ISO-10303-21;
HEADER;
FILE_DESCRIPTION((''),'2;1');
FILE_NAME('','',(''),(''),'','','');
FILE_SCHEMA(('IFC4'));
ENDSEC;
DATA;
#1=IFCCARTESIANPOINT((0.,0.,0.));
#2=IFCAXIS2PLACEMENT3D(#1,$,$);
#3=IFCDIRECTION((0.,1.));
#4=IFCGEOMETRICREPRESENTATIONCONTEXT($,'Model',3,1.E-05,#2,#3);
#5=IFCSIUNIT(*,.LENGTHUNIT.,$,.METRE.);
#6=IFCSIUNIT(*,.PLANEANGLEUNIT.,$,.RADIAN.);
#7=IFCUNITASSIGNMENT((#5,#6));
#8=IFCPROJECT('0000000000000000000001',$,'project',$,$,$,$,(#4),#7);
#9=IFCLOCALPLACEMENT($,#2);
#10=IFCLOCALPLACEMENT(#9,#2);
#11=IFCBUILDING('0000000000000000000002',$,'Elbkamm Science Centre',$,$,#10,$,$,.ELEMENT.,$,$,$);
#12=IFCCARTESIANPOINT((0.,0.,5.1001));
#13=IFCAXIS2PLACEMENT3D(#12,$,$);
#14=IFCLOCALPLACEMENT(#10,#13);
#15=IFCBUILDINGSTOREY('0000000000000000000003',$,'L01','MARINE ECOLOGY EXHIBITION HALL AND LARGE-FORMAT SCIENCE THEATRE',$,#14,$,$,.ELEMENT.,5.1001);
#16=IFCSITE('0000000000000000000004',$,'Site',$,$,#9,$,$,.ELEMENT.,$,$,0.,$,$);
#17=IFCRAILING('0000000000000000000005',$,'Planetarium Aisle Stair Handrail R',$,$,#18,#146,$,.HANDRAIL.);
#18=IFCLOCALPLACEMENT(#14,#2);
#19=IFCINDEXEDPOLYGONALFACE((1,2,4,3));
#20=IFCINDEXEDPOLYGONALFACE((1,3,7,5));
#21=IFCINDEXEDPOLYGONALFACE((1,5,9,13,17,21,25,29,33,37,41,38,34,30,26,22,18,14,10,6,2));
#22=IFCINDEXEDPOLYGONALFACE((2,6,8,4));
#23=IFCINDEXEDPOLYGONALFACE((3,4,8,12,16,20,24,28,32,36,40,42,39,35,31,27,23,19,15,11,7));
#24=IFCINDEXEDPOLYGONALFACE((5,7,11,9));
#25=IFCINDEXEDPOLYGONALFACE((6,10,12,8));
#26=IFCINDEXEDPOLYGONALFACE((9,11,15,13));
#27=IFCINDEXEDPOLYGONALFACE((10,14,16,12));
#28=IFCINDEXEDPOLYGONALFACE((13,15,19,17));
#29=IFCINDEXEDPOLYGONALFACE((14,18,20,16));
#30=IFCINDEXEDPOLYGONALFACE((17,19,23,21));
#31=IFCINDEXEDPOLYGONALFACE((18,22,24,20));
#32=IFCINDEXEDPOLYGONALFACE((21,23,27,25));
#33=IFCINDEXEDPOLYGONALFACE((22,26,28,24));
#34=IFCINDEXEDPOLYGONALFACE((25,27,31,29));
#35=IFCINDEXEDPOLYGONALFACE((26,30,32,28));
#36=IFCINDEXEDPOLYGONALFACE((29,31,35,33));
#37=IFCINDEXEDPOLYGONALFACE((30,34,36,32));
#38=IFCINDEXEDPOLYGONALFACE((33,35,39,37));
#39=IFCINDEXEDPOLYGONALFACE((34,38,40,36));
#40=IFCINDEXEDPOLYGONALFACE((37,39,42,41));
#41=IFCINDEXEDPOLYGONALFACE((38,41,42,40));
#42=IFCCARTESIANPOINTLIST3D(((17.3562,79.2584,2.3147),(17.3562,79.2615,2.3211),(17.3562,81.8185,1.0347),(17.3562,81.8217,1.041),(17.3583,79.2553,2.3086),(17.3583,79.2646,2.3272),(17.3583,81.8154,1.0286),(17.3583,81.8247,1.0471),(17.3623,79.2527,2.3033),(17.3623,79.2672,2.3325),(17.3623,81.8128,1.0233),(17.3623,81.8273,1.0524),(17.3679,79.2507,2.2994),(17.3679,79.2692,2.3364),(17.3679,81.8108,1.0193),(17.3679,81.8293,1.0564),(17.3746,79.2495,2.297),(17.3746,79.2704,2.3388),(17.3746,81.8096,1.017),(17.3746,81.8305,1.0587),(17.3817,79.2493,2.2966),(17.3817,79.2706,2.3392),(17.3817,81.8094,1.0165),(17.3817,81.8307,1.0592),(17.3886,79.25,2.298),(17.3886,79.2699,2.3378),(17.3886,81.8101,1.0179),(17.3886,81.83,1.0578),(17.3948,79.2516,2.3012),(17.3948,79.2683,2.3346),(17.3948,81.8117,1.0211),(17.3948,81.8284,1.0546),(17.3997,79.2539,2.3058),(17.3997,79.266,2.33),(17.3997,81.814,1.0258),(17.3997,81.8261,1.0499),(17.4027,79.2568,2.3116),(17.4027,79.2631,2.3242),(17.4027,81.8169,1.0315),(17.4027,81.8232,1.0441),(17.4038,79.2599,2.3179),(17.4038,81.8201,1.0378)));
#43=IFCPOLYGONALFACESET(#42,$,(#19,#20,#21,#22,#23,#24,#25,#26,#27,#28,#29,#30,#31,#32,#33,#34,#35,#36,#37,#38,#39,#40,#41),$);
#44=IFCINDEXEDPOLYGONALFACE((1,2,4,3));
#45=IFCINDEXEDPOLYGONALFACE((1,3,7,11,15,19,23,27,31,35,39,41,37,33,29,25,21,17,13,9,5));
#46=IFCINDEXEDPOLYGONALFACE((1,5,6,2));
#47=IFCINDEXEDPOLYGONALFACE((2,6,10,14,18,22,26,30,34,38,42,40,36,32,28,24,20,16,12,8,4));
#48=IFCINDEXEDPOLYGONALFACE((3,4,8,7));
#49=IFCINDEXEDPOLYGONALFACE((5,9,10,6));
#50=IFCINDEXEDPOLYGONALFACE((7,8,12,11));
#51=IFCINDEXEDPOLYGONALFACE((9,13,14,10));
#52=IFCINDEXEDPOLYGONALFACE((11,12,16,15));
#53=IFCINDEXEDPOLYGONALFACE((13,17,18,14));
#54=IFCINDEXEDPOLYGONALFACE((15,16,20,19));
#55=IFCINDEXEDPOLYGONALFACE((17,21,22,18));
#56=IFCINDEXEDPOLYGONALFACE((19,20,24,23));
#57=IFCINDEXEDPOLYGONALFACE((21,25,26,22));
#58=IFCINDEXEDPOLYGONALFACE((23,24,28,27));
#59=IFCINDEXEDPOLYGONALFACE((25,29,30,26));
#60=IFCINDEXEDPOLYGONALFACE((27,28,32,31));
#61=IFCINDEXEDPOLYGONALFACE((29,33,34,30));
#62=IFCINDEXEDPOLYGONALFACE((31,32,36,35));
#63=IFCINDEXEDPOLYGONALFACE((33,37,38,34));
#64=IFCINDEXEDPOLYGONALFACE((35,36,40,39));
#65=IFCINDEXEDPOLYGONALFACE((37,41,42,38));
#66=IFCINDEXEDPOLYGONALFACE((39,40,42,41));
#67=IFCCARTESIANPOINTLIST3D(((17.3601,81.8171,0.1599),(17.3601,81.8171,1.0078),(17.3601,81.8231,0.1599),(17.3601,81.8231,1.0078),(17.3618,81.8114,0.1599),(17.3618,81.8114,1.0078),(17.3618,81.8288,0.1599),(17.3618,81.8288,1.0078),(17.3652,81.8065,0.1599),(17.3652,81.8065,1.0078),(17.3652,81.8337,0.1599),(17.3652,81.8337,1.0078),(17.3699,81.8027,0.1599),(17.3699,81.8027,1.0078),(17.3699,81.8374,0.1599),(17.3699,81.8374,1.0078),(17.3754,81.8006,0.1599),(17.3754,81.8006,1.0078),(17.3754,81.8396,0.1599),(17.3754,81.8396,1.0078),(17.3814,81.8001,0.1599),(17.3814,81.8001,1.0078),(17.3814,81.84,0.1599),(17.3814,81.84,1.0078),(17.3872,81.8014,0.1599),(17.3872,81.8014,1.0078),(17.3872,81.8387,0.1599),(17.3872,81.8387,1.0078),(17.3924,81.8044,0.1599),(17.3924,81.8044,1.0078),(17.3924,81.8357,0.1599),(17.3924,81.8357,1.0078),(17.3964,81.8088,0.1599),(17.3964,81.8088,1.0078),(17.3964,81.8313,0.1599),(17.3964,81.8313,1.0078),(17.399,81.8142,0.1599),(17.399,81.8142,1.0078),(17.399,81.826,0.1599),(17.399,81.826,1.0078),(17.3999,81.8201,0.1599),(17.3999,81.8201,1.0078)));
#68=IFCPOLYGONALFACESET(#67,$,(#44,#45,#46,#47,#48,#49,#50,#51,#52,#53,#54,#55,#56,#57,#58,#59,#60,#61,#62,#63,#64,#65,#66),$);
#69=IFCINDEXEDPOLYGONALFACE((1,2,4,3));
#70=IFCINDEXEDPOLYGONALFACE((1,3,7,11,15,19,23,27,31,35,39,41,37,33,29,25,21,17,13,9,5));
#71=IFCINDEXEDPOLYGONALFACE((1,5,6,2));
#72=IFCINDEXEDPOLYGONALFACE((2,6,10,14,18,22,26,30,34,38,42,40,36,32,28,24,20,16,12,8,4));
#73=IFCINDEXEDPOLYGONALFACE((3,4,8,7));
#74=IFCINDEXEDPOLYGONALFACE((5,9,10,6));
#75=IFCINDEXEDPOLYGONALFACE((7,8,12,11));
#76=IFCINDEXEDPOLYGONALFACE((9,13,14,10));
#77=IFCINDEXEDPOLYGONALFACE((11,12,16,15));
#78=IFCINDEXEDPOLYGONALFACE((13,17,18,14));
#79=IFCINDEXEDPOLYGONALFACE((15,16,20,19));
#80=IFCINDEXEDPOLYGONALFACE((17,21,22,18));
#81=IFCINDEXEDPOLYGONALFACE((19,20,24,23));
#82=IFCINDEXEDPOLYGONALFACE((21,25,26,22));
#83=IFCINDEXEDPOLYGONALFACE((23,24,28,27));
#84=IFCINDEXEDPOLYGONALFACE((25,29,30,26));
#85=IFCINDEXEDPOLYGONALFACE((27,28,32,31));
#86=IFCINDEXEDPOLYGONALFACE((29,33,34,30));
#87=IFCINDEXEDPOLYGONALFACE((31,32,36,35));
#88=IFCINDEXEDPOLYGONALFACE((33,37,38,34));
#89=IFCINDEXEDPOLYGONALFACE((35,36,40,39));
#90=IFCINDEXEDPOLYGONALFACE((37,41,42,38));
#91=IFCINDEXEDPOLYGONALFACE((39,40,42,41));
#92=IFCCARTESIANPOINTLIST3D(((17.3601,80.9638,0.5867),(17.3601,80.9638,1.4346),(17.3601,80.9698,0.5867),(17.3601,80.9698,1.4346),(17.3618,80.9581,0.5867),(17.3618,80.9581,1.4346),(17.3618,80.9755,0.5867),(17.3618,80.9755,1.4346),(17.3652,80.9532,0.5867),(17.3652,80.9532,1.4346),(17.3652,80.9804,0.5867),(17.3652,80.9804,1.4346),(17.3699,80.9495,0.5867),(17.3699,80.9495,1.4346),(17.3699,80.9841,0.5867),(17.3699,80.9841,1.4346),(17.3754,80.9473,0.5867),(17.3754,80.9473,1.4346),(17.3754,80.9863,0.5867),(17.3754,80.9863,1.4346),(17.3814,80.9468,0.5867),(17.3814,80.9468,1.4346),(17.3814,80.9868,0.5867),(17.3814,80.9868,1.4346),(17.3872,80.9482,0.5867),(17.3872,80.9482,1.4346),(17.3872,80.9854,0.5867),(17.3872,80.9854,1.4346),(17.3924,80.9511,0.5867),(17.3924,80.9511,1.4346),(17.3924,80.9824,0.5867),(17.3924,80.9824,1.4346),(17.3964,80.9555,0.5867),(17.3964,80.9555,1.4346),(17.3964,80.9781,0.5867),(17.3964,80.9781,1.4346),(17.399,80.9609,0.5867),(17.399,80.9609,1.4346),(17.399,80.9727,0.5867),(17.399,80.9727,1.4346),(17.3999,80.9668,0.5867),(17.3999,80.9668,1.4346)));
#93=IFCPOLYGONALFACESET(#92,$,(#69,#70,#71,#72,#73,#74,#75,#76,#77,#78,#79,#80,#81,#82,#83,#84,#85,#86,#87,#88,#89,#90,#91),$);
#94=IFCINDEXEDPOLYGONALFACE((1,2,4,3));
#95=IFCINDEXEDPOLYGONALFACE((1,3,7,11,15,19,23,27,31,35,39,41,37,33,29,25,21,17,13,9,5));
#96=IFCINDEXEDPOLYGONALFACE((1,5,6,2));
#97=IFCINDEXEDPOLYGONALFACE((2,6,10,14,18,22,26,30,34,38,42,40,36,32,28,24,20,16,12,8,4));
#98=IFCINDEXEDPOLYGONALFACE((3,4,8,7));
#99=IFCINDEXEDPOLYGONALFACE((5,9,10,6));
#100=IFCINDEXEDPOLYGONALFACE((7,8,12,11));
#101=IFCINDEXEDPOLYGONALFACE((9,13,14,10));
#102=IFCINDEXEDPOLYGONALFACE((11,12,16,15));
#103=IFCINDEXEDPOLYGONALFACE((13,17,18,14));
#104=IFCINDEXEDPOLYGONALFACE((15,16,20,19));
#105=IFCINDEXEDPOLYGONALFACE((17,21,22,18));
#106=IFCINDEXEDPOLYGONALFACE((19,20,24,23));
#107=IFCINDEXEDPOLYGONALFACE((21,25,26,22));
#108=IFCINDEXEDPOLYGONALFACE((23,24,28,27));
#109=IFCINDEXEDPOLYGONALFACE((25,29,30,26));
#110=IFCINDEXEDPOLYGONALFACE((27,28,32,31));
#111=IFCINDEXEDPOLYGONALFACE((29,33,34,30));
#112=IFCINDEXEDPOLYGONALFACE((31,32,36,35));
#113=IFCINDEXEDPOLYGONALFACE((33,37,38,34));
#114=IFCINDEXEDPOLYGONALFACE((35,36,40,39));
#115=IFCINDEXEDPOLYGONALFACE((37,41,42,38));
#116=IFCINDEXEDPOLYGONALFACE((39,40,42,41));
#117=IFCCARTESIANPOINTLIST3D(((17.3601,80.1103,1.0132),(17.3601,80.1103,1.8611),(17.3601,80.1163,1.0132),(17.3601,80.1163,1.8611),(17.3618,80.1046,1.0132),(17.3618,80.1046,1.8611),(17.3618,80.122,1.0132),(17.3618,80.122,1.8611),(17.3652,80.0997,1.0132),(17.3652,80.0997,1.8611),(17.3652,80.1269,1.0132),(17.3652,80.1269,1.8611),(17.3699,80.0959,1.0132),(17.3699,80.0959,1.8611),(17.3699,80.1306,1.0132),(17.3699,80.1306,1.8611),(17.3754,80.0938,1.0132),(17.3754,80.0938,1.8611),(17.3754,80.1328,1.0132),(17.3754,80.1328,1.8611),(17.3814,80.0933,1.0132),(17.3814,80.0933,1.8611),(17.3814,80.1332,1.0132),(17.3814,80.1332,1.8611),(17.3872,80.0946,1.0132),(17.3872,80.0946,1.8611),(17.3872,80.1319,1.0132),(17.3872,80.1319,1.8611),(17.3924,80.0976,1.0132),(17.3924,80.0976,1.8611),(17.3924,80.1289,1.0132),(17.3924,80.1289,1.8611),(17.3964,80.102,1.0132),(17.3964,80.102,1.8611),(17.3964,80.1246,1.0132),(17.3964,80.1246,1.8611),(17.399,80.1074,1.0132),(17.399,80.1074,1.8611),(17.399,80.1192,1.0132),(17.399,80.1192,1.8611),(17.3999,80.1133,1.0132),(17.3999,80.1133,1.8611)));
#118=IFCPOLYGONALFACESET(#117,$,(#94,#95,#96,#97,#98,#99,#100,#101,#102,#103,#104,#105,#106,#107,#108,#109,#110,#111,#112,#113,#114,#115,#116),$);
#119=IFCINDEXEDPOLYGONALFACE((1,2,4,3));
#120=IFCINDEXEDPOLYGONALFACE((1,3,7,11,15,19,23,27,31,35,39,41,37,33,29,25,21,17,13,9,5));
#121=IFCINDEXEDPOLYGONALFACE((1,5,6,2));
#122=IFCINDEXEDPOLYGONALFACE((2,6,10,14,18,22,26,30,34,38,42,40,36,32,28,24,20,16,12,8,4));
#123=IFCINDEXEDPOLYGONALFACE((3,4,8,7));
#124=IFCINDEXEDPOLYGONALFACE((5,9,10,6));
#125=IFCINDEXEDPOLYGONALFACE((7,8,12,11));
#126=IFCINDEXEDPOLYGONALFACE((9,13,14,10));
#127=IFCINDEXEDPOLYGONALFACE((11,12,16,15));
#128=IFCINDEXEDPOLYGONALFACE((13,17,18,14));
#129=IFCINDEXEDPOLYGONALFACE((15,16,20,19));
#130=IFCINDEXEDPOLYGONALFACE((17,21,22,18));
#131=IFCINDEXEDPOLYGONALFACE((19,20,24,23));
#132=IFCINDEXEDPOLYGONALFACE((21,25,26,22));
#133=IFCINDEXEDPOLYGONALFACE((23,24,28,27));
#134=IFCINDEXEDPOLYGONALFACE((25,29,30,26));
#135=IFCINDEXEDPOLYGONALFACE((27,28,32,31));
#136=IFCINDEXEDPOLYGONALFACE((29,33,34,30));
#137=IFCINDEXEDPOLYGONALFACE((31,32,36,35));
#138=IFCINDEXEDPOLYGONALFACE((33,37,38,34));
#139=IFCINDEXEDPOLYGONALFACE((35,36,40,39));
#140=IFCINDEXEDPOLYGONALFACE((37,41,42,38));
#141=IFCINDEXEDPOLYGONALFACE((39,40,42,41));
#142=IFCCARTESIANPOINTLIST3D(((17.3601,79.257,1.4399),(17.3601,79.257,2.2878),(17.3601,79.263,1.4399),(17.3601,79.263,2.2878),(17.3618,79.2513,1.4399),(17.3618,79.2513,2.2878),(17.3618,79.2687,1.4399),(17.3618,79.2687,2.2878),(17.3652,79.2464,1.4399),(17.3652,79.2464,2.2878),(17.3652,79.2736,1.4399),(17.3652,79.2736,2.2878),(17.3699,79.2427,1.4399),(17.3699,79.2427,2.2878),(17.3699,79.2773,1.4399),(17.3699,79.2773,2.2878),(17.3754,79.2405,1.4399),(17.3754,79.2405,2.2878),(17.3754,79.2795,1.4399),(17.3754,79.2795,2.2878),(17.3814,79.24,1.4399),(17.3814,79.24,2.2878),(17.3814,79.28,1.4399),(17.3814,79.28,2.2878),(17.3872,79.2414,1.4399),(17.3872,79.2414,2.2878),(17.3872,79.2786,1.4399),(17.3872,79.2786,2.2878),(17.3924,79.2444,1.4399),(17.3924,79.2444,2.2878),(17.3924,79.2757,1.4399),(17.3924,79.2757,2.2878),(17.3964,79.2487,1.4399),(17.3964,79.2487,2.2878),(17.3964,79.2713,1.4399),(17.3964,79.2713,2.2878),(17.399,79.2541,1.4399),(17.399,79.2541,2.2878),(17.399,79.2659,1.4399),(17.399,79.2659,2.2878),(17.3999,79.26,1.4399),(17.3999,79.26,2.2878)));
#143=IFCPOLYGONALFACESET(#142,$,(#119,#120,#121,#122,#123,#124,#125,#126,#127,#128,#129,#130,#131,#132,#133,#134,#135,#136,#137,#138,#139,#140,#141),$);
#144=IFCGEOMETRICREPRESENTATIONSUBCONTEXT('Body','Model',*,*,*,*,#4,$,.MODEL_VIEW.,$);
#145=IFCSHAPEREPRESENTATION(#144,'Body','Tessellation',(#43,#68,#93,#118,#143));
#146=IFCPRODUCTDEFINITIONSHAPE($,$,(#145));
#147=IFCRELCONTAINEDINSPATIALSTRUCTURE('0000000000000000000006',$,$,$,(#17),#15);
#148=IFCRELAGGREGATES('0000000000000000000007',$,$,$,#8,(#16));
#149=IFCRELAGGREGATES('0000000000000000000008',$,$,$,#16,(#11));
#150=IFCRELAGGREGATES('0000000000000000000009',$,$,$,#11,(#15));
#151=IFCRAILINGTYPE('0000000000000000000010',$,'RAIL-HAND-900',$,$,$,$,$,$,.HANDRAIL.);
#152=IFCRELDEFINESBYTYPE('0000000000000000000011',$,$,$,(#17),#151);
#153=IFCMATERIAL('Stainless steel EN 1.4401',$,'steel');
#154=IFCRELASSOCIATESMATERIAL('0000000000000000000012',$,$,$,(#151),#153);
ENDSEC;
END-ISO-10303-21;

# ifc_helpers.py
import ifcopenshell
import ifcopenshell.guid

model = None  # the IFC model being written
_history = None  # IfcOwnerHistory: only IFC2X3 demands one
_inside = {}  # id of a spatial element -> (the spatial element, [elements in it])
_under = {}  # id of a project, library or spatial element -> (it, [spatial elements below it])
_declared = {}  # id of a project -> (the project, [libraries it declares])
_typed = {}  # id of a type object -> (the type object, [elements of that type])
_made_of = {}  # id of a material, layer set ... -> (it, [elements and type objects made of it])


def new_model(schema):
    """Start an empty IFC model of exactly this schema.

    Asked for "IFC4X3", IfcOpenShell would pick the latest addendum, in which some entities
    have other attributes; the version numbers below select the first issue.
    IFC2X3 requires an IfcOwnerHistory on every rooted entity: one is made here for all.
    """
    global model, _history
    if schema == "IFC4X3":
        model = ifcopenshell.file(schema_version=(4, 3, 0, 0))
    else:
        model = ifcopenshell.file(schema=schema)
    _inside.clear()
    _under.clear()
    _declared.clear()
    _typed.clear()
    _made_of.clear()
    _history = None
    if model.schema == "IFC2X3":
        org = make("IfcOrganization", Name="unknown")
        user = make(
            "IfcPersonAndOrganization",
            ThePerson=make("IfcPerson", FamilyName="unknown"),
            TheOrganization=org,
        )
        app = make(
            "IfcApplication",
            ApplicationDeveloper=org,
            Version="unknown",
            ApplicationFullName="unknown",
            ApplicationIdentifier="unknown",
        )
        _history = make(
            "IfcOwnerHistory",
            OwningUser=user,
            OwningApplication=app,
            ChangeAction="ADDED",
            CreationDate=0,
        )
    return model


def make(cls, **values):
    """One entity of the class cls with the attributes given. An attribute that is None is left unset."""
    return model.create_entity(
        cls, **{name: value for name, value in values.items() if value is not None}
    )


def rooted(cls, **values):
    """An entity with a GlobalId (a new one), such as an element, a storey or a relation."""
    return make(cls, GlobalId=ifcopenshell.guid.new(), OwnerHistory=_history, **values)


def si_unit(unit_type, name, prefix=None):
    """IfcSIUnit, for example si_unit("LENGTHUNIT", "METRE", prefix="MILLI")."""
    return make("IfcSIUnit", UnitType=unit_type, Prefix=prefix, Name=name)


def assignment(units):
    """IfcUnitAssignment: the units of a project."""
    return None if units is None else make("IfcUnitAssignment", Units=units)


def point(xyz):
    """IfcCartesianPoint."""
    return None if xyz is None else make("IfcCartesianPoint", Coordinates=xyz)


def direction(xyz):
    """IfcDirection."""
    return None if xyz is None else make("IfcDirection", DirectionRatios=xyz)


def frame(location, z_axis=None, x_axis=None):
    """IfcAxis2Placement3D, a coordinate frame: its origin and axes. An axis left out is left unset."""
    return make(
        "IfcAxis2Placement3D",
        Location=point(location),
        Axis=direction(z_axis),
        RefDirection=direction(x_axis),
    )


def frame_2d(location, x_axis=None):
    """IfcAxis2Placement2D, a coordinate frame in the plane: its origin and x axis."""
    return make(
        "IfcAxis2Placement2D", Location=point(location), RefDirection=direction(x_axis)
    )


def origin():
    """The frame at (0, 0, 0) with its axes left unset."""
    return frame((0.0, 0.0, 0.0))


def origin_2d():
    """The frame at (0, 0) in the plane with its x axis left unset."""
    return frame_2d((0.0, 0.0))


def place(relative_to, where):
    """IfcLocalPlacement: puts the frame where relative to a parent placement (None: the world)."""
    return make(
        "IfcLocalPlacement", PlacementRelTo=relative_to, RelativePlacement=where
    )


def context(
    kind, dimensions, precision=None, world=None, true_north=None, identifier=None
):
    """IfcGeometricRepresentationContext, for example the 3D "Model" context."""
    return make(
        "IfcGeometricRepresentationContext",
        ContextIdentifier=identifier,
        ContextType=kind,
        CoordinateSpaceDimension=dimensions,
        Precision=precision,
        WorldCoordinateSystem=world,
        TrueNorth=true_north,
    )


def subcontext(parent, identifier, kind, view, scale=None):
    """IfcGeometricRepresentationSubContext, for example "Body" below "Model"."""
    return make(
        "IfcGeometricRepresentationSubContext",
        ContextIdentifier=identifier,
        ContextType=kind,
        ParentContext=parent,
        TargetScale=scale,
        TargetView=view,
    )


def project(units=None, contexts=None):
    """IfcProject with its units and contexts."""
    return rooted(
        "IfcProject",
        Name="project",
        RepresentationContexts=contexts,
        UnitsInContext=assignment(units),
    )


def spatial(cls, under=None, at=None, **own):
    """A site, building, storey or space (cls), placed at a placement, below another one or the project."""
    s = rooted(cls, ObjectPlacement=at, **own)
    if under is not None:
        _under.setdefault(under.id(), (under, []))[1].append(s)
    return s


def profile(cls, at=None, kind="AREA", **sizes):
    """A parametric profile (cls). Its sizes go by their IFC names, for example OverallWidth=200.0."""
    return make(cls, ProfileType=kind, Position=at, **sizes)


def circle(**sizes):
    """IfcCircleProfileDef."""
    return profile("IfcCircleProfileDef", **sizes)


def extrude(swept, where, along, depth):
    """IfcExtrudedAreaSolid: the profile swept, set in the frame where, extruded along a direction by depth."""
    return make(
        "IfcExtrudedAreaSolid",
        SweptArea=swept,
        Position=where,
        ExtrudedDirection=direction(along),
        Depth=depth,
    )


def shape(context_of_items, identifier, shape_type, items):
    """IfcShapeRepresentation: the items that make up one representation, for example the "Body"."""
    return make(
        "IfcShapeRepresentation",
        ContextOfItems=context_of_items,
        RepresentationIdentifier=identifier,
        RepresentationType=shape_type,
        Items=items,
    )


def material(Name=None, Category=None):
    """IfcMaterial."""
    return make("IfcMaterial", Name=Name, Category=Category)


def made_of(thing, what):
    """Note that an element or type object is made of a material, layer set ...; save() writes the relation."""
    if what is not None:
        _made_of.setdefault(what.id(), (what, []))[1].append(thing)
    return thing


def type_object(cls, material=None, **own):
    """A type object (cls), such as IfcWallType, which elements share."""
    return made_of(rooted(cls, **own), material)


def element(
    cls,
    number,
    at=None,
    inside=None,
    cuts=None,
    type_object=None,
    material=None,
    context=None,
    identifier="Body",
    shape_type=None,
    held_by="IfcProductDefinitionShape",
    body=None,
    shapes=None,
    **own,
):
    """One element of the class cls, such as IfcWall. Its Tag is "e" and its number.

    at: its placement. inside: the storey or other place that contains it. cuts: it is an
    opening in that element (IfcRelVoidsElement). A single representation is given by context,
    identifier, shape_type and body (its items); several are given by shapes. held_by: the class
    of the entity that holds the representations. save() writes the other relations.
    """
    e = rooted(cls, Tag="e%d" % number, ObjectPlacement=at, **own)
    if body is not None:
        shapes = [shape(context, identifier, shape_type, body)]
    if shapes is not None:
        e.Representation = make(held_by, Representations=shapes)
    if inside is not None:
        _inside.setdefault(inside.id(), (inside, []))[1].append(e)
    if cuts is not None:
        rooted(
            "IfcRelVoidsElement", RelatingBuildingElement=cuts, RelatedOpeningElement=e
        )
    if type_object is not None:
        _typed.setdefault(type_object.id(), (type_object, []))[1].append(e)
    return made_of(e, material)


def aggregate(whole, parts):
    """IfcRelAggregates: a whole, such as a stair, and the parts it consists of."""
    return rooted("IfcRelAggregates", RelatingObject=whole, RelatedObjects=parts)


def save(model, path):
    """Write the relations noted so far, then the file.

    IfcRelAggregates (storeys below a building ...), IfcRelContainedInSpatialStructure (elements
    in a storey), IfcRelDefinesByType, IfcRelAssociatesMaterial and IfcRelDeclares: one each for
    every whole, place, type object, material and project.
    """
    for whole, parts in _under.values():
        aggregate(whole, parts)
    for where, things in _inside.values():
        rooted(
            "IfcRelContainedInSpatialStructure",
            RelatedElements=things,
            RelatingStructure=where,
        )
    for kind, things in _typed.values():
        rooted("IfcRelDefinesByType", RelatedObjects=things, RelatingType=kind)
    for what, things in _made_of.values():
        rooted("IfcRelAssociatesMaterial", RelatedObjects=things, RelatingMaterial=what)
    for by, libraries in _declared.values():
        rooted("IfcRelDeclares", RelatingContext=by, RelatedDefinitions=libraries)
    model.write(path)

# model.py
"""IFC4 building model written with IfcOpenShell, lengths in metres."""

from ifc_helpers import new_model, si_unit, direction, frame, origin, origin_2d, place, context, subcontext, project, spatial, circle, extrude, material, type_object, element, save


model = new_model("IFC4")

# Units and contexts
model_context = context("Model", 3, precision=1e-05, world=origin(), true_north=direction((0.0, 1.0)))
body_context = subcontext(model_context, "Body", "Model", "MODEL_VIEW")
ifc_project = project(units=[si_unit("LENGTHUNIT", "METRE"), si_unit("PLANEANGLEUNIT", "RADIAN")], contexts=[model_context])

# Site, building, storey
site_placement = place(None, origin())
site = spatial("IfcSite", under=ifc_project, at=site_placement, Name="Site", CompositionType="ELEMENT", RefElevation=0.0)
building_placement = place(site_placement, origin())
building = spatial("IfcBuilding", under=site, at=building_placement, Name="Elbkamm Science Centre", CompositionType="ELEMENT")
storey_placement = place(building_placement, frame((0.0, 0.0, 5.1001)))
storey = spatial("IfcBuildingStorey", under=building, at=storey_placement, Name="L01", Description="MARINE ECOLOGY EXHIBITION HALL AND LARGE-FORMAT SCIENCE THEATRE", CompositionType="ELEMENT", Elevation=5.1001)

# Railing
ifc_material_1 = material(Name="Stainless steel EN 1.4401", Category="steel")
railing_type_1 = type_object("IfcRailingType", Name="RAIL-HAND-900", PredefinedType="HANDRAIL", material=ifc_material_1)
railing_1_placement = place(storey_placement, frame((17.3799, 81.8201, 0.1599)))
element("IfcRailing", 1, at=railing_1_placement, inside=storey, type_object=railing_type_1, Name="Planetarium Aisle Stair Handrail R", PredefinedType="HANDRAIL", context=body_context, shape_type="SweptSolid", body=[
    extrude(circle(Radius=0.0239, at=origin_2d()), frame((0.0, 0.0, 0.8779), z_axis=(0.0, -0.894427, 0.447214), x_axis=(1.0, 0.0, 0.0)), (0.0, 0.0, 1.0), 2.8623),
    extrude(circle(Radius=0.02, at=origin_2d()), origin(), (0.0, 0.0, 1.0), 0.8479),
    extrude(circle(Radius=0.02, at=origin_2d()), frame((0.0, -0.8533, 0.4268)), (0.0, 0.0, 1.0), 0.8479),
    extrude(circle(Radius=0.02, at=origin_2d()), frame((0.0, -1.7068, 0.8533)), (0.0, 0.0, 1.0), 0.8479),
    extrude(circle(Radius=0.02, at=origin_2d()), frame((0.0, -2.5601, 1.28)), (0.0, 0.0, 1.0), 0.8479),
])

save(model, "model.ifc")
